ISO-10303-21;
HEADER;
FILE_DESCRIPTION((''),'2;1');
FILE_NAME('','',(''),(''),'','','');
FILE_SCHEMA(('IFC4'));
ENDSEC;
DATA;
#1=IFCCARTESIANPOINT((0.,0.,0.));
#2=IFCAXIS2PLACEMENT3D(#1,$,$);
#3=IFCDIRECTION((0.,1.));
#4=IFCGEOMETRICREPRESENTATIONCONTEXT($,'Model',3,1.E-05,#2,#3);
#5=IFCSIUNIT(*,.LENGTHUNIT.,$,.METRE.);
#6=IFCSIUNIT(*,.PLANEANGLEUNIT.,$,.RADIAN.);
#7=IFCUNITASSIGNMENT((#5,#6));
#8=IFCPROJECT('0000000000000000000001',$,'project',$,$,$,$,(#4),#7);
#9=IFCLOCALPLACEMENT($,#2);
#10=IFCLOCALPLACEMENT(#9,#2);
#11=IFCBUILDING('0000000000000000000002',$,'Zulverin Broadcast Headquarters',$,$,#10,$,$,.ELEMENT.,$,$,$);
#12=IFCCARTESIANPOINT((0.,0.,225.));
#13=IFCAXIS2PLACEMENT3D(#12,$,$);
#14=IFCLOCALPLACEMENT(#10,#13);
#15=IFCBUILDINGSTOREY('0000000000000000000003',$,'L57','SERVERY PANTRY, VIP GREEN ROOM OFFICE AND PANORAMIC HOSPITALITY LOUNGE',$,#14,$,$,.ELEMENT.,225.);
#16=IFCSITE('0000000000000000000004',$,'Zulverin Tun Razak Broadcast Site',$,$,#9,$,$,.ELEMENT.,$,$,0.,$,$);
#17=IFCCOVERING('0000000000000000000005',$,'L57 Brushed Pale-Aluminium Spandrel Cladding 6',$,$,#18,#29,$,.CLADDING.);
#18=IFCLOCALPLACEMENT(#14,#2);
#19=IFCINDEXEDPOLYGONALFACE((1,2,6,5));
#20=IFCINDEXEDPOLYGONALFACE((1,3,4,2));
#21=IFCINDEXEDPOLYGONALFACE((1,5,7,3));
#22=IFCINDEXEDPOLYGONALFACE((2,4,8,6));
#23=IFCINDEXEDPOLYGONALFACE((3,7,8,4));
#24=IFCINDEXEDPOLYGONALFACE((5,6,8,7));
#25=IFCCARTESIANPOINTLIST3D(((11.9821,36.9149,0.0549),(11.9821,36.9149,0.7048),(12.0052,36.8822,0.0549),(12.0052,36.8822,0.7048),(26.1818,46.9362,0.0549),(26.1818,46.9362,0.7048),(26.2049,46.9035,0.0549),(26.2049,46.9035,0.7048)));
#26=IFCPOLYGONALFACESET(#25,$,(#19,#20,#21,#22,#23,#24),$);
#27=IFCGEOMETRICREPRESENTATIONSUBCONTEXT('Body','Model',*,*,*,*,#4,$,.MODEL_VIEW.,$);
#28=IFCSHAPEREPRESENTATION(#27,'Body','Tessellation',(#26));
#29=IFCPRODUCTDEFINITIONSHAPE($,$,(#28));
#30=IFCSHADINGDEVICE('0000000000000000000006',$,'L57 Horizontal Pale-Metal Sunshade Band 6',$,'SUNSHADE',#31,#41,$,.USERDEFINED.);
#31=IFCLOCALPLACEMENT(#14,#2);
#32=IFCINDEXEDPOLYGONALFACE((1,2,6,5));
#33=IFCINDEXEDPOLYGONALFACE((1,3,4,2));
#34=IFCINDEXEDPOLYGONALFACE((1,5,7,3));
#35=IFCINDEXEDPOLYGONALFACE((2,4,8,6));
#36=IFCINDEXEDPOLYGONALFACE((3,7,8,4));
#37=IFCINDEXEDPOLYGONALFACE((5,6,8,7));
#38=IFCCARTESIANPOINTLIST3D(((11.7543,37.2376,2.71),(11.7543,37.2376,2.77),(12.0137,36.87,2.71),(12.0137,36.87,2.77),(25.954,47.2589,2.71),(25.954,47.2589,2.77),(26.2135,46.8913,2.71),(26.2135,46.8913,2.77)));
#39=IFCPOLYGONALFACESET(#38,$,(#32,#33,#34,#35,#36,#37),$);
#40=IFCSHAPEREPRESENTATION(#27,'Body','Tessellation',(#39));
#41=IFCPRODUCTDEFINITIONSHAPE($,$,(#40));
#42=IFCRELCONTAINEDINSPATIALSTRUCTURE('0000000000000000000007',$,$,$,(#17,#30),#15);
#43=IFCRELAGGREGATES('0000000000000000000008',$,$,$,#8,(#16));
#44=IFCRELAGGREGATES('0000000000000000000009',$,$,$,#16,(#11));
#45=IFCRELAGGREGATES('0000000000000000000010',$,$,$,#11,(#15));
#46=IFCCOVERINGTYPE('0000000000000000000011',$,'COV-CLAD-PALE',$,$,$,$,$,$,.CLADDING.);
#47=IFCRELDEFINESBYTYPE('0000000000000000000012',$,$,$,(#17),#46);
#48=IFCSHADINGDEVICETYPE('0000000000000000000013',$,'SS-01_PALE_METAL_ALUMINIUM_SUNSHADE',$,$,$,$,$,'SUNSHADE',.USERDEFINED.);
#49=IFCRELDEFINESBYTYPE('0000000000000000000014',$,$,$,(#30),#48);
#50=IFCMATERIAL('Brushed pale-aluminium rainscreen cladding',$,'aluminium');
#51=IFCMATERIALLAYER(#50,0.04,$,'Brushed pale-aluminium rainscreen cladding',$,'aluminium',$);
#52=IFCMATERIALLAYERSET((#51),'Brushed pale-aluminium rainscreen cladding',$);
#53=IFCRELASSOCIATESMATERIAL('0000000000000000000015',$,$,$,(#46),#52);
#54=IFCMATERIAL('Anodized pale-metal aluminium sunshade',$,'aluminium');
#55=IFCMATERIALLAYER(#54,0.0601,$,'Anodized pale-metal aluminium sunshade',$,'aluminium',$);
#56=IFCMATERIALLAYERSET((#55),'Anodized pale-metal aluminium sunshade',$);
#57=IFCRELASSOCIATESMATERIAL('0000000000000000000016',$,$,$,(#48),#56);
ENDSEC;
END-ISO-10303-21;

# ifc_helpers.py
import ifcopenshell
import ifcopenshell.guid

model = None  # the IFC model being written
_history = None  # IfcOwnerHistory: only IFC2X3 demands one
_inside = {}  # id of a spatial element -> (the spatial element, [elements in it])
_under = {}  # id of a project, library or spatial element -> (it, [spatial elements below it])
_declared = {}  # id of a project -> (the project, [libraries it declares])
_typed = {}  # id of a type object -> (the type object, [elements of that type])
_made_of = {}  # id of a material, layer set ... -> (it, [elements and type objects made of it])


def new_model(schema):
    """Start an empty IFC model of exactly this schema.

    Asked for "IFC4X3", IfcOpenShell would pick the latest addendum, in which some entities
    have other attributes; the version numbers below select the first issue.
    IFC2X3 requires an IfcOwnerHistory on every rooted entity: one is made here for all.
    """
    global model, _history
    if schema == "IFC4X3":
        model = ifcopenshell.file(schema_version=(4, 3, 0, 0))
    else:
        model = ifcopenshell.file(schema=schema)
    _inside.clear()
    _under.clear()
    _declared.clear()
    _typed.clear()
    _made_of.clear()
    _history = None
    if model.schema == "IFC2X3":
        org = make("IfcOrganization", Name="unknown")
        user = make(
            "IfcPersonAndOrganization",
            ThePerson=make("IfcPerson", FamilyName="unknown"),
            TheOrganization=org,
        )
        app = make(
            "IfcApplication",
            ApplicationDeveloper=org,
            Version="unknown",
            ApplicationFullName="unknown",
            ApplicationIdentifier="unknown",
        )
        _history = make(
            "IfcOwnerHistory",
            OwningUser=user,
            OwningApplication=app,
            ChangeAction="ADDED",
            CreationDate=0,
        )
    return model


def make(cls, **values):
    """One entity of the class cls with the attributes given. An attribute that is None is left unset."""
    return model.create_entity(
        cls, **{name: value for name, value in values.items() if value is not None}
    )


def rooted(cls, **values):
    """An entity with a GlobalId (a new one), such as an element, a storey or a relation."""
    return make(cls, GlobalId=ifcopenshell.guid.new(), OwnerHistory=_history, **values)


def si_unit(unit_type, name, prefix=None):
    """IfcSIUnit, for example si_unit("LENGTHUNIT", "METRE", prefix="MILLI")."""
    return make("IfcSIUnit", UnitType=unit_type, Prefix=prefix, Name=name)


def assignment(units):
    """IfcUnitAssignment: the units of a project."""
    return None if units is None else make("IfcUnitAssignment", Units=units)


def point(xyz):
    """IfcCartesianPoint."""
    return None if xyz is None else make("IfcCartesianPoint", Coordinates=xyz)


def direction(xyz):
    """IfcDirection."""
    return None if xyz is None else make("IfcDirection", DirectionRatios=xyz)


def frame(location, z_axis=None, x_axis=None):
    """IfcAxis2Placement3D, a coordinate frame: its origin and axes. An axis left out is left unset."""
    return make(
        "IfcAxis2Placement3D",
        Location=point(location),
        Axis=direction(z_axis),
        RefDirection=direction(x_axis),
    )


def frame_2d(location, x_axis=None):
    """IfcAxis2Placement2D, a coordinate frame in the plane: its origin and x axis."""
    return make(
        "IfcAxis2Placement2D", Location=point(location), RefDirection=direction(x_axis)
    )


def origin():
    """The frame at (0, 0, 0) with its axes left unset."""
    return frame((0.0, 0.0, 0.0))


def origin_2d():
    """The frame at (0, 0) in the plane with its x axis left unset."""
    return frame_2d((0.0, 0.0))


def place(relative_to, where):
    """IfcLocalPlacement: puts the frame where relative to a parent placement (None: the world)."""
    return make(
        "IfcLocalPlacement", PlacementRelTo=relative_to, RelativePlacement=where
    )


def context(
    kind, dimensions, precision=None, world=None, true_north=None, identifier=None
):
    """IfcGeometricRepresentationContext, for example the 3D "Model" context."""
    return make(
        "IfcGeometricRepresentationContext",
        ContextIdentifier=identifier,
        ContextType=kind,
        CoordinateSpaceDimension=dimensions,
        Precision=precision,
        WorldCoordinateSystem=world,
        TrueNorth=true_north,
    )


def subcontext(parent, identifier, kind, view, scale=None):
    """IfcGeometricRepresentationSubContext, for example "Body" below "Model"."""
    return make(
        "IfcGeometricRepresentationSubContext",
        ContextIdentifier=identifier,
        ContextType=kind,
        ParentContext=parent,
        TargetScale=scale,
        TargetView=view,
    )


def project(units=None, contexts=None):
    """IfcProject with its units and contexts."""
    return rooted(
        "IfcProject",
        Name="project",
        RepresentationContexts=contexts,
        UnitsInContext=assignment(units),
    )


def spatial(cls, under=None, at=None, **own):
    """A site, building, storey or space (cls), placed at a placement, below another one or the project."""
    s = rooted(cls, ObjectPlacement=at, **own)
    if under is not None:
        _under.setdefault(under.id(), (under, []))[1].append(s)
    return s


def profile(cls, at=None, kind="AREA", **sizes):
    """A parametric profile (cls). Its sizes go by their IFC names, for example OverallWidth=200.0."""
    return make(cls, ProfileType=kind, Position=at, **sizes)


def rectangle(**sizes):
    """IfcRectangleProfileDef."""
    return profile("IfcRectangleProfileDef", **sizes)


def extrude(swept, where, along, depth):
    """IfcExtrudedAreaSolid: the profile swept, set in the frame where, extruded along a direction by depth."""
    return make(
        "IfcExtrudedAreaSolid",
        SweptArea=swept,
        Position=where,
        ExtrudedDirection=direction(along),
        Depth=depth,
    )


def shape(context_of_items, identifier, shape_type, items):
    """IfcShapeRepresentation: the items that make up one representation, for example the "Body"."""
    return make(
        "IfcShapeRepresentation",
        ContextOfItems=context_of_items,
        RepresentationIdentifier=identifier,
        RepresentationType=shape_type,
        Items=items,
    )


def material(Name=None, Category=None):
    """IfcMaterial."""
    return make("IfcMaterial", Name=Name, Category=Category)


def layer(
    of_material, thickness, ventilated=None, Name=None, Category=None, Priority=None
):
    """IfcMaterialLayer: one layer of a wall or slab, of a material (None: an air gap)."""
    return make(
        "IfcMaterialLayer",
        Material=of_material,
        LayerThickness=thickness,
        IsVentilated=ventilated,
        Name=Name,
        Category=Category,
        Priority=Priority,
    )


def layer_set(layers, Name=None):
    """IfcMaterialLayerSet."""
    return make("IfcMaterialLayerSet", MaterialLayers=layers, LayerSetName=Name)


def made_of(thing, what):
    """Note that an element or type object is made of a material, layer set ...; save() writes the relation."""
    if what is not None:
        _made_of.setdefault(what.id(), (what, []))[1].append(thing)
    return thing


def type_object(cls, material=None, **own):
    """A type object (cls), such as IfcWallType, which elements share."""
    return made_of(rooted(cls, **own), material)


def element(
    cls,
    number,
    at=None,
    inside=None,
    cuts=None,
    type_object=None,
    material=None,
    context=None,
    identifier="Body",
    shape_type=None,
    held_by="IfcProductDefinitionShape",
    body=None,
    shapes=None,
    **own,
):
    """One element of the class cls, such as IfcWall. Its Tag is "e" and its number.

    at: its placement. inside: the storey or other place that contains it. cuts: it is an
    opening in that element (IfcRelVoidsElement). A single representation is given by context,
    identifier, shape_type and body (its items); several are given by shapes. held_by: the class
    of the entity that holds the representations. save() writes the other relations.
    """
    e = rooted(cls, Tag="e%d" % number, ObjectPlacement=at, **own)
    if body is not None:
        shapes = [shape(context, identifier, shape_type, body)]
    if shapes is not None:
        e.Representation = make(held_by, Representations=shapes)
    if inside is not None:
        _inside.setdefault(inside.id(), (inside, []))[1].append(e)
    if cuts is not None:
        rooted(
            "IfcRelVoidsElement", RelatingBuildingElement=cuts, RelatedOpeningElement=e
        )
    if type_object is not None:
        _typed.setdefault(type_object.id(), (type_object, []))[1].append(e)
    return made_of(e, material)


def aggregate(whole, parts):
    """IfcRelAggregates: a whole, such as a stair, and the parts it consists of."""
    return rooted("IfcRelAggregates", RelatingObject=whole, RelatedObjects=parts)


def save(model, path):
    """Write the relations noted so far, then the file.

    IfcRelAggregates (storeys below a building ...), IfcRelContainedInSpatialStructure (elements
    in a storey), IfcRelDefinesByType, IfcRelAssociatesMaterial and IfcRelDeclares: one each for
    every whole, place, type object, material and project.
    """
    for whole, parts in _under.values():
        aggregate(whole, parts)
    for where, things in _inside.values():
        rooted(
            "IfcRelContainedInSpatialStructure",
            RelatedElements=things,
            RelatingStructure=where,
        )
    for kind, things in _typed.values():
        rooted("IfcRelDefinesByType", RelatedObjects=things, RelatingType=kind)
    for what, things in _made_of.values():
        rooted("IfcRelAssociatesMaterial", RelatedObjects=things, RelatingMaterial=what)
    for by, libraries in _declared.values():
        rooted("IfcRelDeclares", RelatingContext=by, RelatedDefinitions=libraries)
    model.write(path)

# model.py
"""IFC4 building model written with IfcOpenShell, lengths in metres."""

from ifc_helpers import new_model, si_unit, direction, frame, origin, origin_2d, place, context, subcontext, project, spatial, rectangle, extrude, material, layer, layer_set, type_object, element, save


model = new_model("IFC4")

# Units and contexts
model_context = context("Model", 3, precision=1e-05, world=origin(), true_north=direction((0.0, 1.0)))
body_context = subcontext(model_context, "Body", "Model", "MODEL_VIEW")
ifc_project = project(units=[si_unit("LENGTHUNIT", "METRE"), si_unit("PLANEANGLEUNIT", "RADIAN")], contexts=[model_context])

# Site, building, storey
site_placement = place(None, origin())
site = spatial("IfcSite", under=ifc_project, at=site_placement, Name="Zulverin Tun Razak Broadcast Site", CompositionType="ELEMENT", RefElevation=0.0)
building_placement = place(site_placement, origin())
building = spatial("IfcBuilding", under=site, at=building_placement, Name="Zulverin Broadcast Headquarters", CompositionType="ELEMENT")
storey_placement = place(building_placement, frame((0.0, 0.0, 225.0)))
storey = spatial("IfcBuildingStorey", under=building, at=storey_placement, Name="L57", Description="SERVERY PANTRY, VIP GREEN ROOM OFFICE AND PANORAMIC HOSPITALITY LOUNGE", CompositionType="ELEMENT", Elevation=225.0)

# Covering
ifc_material_1 = material(Name="Brushed pale-aluminium rainscreen cladding", Category="aluminium")
ifc_layer_1 = layer(ifc_material_1, 0.04, Name="Brushed pale-aluminium rainscreen cladding", Category="aluminium")
ifc_layer_set_1 = layer_set([ifc_layer_1], Name="Brushed pale-aluminium rainscreen cladding")
covering_type = type_object("IfcCoveringType", Name="COV-CLAD-PALE", PredefinedType="CLADDING", material=ifc_layer_set_1)
covering_placement = place(storey_placement, frame((19.0935, 41.9092, 0.0549), z_axis=(0.0, 0.0, 1.0), x_axis=(-0.817023, -0.576605, 0.0)))
element("IfcCovering", 1, at=covering_placement, inside=storey, type_object=covering_type, Name="L57 Brushed Pale-Aluminium Spandrel Cladding 6", PredefinedType="CLADDING", context=body_context, shape_type="SweptSolid", body=[
    extrude(rectangle(XDim=17.3799, YDim=0.04, at=origin_2d()), origin(), (0.0, 0.0, 1.0), 0.6499),
])

# Shading device
ifc_material_2 = material(Name="Anodized pale-metal aluminium sunshade", Category="aluminium")
ifc_layer_2 = layer(ifc_material_2, 0.0601, Name="Anodized pale-metal aluminium sunshade", Category="aluminium")
ifc_layer_set_2 = layer_set([ifc_layer_2], Name="Anodized pale-metal aluminium sunshade")
shading_device_type = type_object("IfcShadingDeviceType", Name="SS-01_PALE_METAL_ALUMINIUM_SUNSHADE", ElementType="SUNSHADE", PredefinedType="USERDEFINED", material=ifc_layer_set_2)
shading_device_placement = place(storey_placement, frame((18.9839, 42.0645, 2.71), z_axis=(0.0, 0.0, 1.0), x_axis=(-0.817023, -0.576605, 0.0)))
element("IfcShadingDevice", 2, at=shading_device_placement, inside=storey, type_object=shading_device_type, Name="L57 Horizontal Pale-Metal Sunshade Band 6", ObjectType="SUNSHADE", PredefinedType="USERDEFINED", context=body_context, shape_type="SweptSolid", body=[
    extrude(rectangle(XDim=17.3799, YDim=0.45, at=origin_2d()), origin(), (0.0, 0.0, 1.0), 0.0601),
])

save(model, "model.ifc")
